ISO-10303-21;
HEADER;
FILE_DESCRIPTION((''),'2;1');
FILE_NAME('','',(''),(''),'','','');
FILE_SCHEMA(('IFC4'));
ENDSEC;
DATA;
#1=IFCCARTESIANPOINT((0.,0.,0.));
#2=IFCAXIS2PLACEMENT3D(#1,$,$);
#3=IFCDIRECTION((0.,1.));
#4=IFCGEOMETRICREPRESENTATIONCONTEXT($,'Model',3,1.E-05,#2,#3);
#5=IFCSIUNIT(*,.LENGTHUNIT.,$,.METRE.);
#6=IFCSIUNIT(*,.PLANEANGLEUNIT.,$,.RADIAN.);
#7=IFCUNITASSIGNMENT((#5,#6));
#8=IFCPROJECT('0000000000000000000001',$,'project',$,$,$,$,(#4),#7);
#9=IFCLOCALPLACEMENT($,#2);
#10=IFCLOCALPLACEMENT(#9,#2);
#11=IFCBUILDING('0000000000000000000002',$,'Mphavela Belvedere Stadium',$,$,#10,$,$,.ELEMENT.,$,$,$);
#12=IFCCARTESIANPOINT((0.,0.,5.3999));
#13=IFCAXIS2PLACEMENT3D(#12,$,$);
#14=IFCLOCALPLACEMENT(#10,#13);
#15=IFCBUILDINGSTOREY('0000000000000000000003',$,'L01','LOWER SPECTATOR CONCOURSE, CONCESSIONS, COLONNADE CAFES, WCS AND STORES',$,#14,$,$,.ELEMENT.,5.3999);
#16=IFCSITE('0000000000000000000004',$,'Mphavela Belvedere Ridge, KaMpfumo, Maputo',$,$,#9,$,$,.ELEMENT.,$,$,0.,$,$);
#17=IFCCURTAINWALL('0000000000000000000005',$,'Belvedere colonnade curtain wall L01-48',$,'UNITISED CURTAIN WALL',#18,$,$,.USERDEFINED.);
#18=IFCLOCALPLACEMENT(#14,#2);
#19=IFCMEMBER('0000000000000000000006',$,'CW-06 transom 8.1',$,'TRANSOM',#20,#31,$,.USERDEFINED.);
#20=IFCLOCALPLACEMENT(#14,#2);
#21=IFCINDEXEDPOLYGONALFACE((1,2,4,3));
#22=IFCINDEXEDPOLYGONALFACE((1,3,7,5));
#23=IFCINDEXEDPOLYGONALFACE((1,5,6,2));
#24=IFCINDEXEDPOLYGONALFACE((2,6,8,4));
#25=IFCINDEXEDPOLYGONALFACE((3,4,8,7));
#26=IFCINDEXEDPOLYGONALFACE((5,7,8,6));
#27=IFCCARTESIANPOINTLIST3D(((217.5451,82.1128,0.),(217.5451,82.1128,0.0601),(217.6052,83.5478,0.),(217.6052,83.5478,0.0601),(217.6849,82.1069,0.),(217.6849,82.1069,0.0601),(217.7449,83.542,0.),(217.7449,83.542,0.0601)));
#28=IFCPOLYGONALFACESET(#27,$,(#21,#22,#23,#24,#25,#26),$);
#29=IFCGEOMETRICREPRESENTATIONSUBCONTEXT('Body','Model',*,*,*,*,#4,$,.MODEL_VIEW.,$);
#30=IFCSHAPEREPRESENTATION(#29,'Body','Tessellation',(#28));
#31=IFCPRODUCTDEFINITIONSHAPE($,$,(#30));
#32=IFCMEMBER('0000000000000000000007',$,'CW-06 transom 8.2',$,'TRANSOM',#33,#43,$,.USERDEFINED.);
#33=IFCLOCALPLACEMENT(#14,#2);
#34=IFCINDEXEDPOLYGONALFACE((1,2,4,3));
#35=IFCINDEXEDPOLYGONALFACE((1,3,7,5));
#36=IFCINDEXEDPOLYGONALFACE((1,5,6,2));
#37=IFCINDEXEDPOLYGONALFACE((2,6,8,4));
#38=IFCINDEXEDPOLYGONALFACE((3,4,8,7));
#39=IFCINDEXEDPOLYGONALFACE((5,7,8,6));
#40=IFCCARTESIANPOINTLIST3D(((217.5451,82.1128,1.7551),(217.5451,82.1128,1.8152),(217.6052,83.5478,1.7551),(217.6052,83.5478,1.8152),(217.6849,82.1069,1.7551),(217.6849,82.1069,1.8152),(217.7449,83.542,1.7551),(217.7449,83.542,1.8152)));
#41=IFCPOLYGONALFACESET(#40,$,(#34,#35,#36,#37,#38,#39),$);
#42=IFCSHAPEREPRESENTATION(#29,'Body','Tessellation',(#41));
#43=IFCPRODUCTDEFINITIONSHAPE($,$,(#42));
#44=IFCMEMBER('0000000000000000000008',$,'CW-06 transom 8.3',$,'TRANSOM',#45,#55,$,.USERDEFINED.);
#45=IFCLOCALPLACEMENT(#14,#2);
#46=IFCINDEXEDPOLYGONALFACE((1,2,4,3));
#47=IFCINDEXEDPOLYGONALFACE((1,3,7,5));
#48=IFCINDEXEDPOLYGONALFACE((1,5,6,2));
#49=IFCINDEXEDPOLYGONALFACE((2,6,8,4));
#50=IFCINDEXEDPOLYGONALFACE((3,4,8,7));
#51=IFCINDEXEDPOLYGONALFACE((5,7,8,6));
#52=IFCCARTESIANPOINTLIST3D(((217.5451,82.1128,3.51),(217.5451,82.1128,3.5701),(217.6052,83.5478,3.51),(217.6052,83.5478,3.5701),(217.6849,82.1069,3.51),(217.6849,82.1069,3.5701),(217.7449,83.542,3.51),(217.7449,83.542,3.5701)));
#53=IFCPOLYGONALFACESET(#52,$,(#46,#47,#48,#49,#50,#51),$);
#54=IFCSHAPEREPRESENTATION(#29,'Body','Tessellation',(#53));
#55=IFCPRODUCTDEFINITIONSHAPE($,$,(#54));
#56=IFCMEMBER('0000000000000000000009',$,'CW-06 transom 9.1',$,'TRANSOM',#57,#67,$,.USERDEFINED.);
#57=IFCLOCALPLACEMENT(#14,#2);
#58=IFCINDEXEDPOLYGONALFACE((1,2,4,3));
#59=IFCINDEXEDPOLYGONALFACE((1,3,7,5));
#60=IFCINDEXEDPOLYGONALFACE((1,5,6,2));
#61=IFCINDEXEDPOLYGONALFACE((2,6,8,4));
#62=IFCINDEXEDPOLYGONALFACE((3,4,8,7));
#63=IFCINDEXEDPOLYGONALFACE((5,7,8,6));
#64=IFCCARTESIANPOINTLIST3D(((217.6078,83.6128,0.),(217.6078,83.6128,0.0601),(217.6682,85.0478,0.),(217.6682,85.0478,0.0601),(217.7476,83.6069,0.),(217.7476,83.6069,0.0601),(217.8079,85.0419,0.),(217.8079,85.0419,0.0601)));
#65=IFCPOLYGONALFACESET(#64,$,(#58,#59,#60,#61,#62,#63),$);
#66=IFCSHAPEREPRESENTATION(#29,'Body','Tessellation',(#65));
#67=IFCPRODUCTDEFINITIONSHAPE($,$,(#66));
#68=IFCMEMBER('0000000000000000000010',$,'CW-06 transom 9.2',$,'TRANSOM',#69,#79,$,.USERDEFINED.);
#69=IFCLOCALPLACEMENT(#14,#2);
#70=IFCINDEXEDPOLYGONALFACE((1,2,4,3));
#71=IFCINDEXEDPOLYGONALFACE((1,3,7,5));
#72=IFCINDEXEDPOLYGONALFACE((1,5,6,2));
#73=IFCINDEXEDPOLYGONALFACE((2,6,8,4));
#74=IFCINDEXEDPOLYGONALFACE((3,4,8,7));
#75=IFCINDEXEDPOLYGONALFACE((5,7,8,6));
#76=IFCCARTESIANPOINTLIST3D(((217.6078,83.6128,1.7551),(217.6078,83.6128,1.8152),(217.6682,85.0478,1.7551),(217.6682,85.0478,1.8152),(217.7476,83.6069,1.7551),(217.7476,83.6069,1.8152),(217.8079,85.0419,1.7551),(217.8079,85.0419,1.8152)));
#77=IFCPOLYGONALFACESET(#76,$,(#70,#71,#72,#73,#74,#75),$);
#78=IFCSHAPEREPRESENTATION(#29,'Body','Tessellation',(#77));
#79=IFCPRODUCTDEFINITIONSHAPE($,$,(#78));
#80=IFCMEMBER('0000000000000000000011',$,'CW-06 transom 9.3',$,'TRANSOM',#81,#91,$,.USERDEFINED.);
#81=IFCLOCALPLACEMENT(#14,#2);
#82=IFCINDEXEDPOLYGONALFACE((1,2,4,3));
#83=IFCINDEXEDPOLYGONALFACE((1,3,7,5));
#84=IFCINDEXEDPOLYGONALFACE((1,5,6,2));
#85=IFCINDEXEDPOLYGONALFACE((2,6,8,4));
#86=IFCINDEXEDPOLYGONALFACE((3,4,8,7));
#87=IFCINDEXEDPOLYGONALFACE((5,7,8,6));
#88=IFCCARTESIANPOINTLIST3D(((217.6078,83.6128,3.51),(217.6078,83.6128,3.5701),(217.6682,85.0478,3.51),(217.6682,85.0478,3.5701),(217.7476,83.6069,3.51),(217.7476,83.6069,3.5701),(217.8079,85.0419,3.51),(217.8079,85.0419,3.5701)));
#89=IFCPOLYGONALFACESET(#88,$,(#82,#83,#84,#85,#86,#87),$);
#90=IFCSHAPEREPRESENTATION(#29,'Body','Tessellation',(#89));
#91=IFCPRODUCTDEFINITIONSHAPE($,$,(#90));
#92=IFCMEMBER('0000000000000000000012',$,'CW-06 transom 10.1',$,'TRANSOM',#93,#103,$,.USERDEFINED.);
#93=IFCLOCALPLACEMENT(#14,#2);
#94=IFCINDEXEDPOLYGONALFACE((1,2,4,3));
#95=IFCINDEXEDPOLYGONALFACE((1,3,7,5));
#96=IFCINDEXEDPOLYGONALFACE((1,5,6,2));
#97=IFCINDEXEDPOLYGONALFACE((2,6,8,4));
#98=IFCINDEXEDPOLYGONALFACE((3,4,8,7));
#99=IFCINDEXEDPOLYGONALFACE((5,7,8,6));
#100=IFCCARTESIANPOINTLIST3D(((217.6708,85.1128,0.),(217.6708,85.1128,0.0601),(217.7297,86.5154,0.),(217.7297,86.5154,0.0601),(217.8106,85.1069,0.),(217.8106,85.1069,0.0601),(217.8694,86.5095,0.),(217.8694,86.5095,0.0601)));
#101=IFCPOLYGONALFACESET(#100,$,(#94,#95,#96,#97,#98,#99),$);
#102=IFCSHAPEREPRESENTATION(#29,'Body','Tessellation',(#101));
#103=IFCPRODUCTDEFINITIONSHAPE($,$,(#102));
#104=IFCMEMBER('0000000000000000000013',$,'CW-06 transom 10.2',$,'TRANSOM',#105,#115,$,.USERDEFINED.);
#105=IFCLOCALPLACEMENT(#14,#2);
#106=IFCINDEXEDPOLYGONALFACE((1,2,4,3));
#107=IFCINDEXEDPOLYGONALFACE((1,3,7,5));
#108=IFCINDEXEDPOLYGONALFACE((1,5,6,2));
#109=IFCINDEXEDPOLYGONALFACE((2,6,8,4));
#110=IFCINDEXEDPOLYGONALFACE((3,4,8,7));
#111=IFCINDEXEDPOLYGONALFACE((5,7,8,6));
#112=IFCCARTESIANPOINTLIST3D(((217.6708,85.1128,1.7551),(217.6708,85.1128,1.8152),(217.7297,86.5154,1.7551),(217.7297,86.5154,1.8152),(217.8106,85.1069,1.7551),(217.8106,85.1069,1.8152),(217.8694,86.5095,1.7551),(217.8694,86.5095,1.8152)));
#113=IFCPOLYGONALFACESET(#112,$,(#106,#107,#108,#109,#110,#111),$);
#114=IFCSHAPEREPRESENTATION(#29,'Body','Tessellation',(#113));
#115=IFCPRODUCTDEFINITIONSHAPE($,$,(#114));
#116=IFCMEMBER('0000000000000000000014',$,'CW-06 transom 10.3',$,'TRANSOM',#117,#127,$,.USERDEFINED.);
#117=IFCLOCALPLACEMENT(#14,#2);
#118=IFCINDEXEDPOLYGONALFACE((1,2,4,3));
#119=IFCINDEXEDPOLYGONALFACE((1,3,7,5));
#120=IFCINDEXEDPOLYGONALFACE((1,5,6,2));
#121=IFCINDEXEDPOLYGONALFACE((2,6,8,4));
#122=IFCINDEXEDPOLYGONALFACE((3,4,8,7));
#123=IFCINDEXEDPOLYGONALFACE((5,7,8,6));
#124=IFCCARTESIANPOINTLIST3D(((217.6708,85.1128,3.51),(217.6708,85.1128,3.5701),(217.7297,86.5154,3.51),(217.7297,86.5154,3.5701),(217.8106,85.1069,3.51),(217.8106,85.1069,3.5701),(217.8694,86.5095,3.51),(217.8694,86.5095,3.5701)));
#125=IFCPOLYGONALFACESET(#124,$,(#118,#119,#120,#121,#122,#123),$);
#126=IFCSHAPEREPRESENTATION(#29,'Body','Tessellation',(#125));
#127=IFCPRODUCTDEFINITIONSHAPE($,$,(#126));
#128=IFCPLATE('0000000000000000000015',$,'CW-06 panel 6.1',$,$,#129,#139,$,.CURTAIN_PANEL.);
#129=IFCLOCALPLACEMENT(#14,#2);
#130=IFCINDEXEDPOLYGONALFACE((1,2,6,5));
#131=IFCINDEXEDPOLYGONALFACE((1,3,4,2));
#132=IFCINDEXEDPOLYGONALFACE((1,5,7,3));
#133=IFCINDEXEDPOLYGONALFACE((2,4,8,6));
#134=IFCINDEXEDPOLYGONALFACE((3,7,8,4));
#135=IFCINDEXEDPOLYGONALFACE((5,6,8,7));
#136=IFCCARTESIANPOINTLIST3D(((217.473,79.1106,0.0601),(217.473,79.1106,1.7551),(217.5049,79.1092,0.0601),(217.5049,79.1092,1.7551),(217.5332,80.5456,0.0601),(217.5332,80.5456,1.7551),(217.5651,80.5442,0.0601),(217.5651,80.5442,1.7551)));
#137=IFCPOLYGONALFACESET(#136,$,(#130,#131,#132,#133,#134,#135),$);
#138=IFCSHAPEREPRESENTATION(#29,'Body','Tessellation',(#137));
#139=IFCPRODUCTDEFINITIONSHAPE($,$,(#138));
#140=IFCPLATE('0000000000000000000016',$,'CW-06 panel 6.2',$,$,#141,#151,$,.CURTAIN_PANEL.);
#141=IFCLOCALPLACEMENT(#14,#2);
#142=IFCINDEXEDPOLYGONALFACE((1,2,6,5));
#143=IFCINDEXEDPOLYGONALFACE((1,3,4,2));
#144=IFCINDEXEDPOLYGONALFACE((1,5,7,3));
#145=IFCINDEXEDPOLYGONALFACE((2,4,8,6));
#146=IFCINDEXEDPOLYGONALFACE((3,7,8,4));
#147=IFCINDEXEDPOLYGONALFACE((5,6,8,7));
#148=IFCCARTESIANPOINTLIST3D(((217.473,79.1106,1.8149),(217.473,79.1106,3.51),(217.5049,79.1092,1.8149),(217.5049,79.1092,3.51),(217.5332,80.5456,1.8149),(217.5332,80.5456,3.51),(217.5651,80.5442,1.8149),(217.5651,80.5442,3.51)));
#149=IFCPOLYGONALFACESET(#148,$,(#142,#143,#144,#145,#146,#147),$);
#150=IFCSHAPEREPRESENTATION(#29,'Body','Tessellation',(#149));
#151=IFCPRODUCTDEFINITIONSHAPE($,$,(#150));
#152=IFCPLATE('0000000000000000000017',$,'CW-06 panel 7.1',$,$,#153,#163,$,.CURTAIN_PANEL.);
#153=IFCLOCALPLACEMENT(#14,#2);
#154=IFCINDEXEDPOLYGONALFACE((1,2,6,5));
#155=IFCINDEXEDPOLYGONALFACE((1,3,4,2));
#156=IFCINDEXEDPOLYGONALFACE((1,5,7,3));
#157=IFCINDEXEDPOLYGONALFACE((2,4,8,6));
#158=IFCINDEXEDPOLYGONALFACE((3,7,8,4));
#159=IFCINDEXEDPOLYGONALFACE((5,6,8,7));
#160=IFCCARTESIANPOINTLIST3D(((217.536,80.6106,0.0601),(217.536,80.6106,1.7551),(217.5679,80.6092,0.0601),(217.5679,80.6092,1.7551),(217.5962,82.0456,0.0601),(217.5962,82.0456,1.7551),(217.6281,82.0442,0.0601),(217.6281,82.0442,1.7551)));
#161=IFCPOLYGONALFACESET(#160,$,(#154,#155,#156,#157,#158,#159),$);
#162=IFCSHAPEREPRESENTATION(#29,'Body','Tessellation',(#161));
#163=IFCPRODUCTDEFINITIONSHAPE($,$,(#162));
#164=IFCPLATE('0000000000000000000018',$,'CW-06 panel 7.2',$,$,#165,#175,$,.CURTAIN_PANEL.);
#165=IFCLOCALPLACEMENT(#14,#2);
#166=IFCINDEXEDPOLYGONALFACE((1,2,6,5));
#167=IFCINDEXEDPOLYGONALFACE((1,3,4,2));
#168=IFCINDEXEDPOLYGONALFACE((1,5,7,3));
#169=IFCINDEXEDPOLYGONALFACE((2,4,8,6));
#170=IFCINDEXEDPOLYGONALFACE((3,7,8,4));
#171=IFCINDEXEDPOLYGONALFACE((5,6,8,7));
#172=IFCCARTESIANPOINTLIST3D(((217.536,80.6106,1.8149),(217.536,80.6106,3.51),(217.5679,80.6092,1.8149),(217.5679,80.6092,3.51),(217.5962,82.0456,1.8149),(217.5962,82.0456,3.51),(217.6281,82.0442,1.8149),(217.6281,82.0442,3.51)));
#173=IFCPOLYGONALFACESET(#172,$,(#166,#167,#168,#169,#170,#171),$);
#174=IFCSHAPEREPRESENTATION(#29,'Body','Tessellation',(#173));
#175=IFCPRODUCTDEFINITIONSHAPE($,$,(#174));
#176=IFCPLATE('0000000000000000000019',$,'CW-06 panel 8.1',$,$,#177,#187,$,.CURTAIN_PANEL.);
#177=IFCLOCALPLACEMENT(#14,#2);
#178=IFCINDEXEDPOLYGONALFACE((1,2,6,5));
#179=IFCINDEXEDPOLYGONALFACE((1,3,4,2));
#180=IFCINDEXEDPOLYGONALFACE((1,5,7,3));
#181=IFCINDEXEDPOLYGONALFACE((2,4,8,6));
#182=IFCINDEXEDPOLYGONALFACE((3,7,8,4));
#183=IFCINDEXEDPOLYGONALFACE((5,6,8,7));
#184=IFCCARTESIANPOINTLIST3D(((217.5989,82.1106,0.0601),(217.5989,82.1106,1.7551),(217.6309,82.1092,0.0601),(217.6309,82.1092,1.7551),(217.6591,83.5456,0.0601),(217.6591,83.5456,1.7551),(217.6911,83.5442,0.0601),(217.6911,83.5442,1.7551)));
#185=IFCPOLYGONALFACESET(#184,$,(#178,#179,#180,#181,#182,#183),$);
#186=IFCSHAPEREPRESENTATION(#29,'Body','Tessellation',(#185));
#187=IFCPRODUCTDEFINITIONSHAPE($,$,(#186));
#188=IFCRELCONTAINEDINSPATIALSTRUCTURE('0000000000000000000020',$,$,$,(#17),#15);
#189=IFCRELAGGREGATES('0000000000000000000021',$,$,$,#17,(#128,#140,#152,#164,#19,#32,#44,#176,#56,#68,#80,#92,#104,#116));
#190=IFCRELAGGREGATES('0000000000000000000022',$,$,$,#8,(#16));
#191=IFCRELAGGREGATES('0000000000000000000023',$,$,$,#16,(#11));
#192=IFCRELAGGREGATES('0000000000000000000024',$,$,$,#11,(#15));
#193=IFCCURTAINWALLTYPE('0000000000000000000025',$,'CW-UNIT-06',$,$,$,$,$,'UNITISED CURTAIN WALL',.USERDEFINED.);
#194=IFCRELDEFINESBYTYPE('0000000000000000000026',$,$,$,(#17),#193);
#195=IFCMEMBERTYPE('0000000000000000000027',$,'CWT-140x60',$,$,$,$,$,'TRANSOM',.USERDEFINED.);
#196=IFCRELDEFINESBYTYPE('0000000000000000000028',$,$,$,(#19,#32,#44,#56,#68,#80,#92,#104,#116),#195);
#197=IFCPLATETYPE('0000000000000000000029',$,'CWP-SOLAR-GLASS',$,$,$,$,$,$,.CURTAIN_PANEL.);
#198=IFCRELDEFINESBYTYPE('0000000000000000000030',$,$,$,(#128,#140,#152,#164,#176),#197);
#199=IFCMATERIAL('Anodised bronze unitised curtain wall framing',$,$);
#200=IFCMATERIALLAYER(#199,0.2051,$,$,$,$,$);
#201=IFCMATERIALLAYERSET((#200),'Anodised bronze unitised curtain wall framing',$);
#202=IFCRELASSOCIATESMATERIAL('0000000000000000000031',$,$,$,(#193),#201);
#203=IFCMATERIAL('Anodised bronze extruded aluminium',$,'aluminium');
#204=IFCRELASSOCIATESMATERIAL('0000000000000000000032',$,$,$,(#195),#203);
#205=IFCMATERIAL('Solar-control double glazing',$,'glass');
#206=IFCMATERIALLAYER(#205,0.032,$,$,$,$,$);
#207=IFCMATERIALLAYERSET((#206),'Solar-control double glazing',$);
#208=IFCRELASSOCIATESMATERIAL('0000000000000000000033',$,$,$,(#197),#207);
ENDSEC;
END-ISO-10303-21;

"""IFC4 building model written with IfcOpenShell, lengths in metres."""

from ifc_helpers import new_model, si_unit, direction, frame, origin, origin_2d, place, context, subcontext, project, spatial, rectangle, extrude, material, layer, layer_set, material_profile, profile_set, type_object, element, aggregate, save


model = new_model("IFC4")

# Units and contexts
model_context = context("Model", 3, precision=1e-05, world=origin(), true_north=direction((0.0, 1.0)))
body_context = subcontext(model_context, "Body", "Model", "MODEL_VIEW")
ifc_project = project(units=[si_unit("LENGTHUNIT", "METRE"), si_unit("PLANEANGLEUNIT", "RADIAN")], contexts=[model_context])

# Site, building, storey
site_placement = place(None, origin())
site = spatial("IfcSite", under=ifc_project, at=site_placement, Name="Mphavela Belvedere Ridge, KaMpfumo, Maputo", CompositionType="ELEMENT", RefElevation=0.0)
building_placement = place(site_placement, origin())
building = spatial("IfcBuilding", under=site, at=building_placement, Name="Mphavela Belvedere Stadium", CompositionType="ELEMENT")
storey_placement = place(building_placement, frame((0.0, 0.0, 5.3999)))
storey = spatial("IfcBuildingStorey", under=building, at=storey_placement, Name="L01", Description="LOWER SPECTATOR CONCOURSE, CONCESSIONS, COLONNADE CAFES, WCS AND STORES", CompositionType="ELEMENT", Elevation=5.3999)

# Curtain wall, members, plates
ifc_material_1 = material(Name="Anodised bronze unitised curtain wall framing")
ifc_layer_1 = layer(ifc_material_1, 0.2051)
ifc_layer_set_1 = layer_set([ifc_layer_1], Name="Anodised bronze unitised curtain wall framing")
curtain_wall_type = type_object("IfcCurtainWallType", Name="CW-UNIT-06", ElementType="UNITISED CURTAIN WALL", PredefinedType="USERDEFINED", material=ifc_layer_set_1)
curtain_wall_placement = place(storey_placement, origin())
curtain_wall = element("IfcCurtainWall", 1, at=curtain_wall_placement, inside=storey, type_object=curtain_wall_type, Name="Belvedere colonnade curtain wall L01-48", ObjectType="UNITISED CURTAIN WALL", PredefinedType="USERDEFINED")
ifc_material_2 = material(Name="Anodised bronze extruded aluminium", Category="aluminium")
ifc_material_profile_1 = material_profile(ifc_material_2, rectangle(XDim=0.1399, YDim=0.0601, at=origin_2d()), Name="CW-TRN 140x60")
ifc_profile_set_1 = profile_set([ifc_material_profile_1], Name="Anodised bronze extruded aluminium")
member_type_1 = type_object("IfcMemberType", Name="CWT-140x60", ElementType="TRANSOM", PredefinedType="USERDEFINED", material=ifc_profile_set_1)
member_1_placement = place(storey_placement, frame((217.615, 82.1099, 0.03), z_axis=(0.041814, 0.999125, 0.0), x_axis=(-0.999125, 0.041814, 0.0)))
member_1 = element("IfcMember", 2, at=member_1_placement, type_object=member_type_1, Name="CW-06 transom 8.1", ObjectType="TRANSOM", PredefinedType="USERDEFINED", context=body_context, shape_type="SweptSolid", body=[
    extrude(rectangle(XDim=0.1399, YDim=0.0601, at=origin_2d()), origin(), (0.0, 0.0, 1.0), 1.4363),
])
member_2_placement = place(storey_placement, frame((217.615, 82.1099, 1.7852), z_axis=(0.041814, 0.999125, 0.0), x_axis=(-0.999125, 0.041814, 0.0)))
member_2 = element("IfcMember", 3, at=member_2_placement, type_object=member_type_1, Name="CW-06 transom 8.2", ObjectType="TRANSOM", PredefinedType="USERDEFINED", context=body_context, shape_type="SweptSolid", body=[
    extrude(rectangle(XDim=0.1399, YDim=0.0601, at=origin_2d()), origin(), (0.0, 0.0, 1.0), 1.4363),
])
member_3_placement = place(storey_placement, frame((217.615, 82.1099, 3.54), z_axis=(0.041814, 0.999125, 0.0), x_axis=(-0.999125, 0.041814, 0.0)))
member_3 = element("IfcMember", 4, at=member_3_placement, type_object=member_type_1, Name="CW-06 transom 8.3", ObjectType="TRANSOM", PredefinedType="USERDEFINED", context=body_context, shape_type="SweptSolid", body=[
    extrude(rectangle(XDim=0.1399, YDim=0.0601, at=origin_2d()), origin(), (0.0, 0.0, 1.0), 1.4363),
])
member_4_placement = place(storey_placement, frame((217.6777, 83.6099, 0.03), z_axis=(0.041984, 0.999118, 0.0), x_axis=(-0.999118, 0.041984, 0.0)))
member_4 = element("IfcMember", 5, at=member_4_placement, type_object=member_type_1, Name="CW-06 transom 9.1", ObjectType="TRANSOM", PredefinedType="USERDEFINED", context=body_context, shape_type="SweptSolid", body=[
    extrude(rectangle(XDim=0.1399, YDim=0.0601, at=origin_2d()), origin(), (0.0, 0.0, 1.0), 1.4363),
])
member_5_placement = place(storey_placement, frame((217.6777, 83.6099, 1.7852), z_axis=(0.041984, 0.999118, 0.0), x_axis=(-0.999118, 0.041984, 0.0)))
member_5 = element("IfcMember", 6, at=member_5_placement, type_object=member_type_1, Name="CW-06 transom 9.2", ObjectType="TRANSOM", PredefinedType="USERDEFINED", context=body_context, shape_type="SweptSolid", body=[
    extrude(rectangle(XDim=0.1399, YDim=0.0601, at=origin_2d()), origin(), (0.0, 0.0, 1.0), 1.4363),
])
member_6_placement = place(storey_placement, frame((217.6777, 83.6099, 3.54), z_axis=(0.041984, 0.999118, 0.0), x_axis=(-0.999118, 0.041984, 0.0)))
member_6 = element("IfcMember", 7, at=member_6_placement, type_object=member_type_1, Name="CW-06 transom 9.3", ObjectType="TRANSOM", PredefinedType="USERDEFINED", context=body_context, shape_type="SweptSolid", body=[
    extrude(rectangle(XDim=0.1399, YDim=0.0601, at=origin_2d()), origin(), (0.0, 0.0, 1.0), 1.4363),
])
member_7_placement = place(storey_placement, frame((217.7407, 85.1099, 0.03), z_axis=(0.041913, 0.999121, 0.0), x_axis=(-0.999121, 0.041913, 0.0)))
member_7 = element("IfcMember", 8, at=member_7_placement, type_object=member_type_1, Name="CW-06 transom 10.1", ObjectType="TRANSOM", PredefinedType="USERDEFINED", context=body_context, shape_type="SweptSolid", body=[
    extrude(rectangle(XDim=0.1399, YDim=0.0601, at=origin_2d()), origin(), (0.0, 0.0, 1.0), 1.4038),
])
member_8_placement = place(storey_placement, frame((217.7407, 85.1099, 1.7852), z_axis=(0.041913, 0.999121, 0.0), x_axis=(-0.999121, 0.041913, 0.0)))
member_8 = element("IfcMember", 9, at=member_8_placement, type_object=member_type_1, Name="CW-06 transom 10.2", ObjectType="TRANSOM", PredefinedType="USERDEFINED", context=body_context, shape_type="SweptSolid", body=[
    extrude(rectangle(XDim=0.1399, YDim=0.0601, at=origin_2d()), origin(), (0.0, 0.0, 1.0), 1.4038),
])
member_9_placement = place(storey_placement, frame((217.7407, 85.1099, 3.54), z_axis=(0.041913, 0.999121, 0.0), x_axis=(-0.999121, 0.041913, 0.0)))
member_9 = element("IfcMember", 10, at=member_9_placement, type_object=member_type_1, Name="CW-06 transom 10.3", ObjectType="TRANSOM", PredefinedType="USERDEFINED", context=body_context, shape_type="SweptSolid", body=[
    extrude(rectangle(XDim=0.1399, YDim=0.0601, at=origin_2d()), origin(), (0.0, 0.0, 1.0), 1.4038),
])
ifc_material_3 = material(Name="Solar-control double glazing", Category="glass")
ifc_layer_2 = layer(ifc_material_3, 0.032)
ifc_layer_set_2 = layer_set([ifc_layer_2], Name="Solar-control double glazing")
plate_type = type_object("IfcPlateType", Name="CWP-SOLAR-GLASS", PredefinedType="CURTAIN_PANEL", material=ifc_layer_set_2)
plate_1_placement = place(storey_placement, frame((217.519, 79.8274, 0.0601), z_axis=(0.0, 0.0, 1.0), x_axis=(0.04191, 0.999121, 0.0)))
plate_1 = element("IfcPlate", 11, at=plate_1_placement, type_object=plate_type, Name="CW-06 panel 6.1", PredefinedType="CURTAIN_PANEL", context=body_context, shape_type="SweptSolid", body=[
    extrude(rectangle(XDim=1.4363, YDim=0.032, at=origin_2d()), origin(), (0.0, 0.0, 1.0), 1.6951),
])
plate_2_placement = place(storey_placement, frame((217.519, 79.8274, 1.8149), z_axis=(0.0, 0.0, 1.0), x_axis=(0.04191, 0.999121, 0.0)))
plate_2 = element("IfcPlate", 12, at=plate_2_placement, type_object=plate_type, Name="CW-06 panel 6.2", PredefinedType="CURTAIN_PANEL", context=body_context, shape_type="SweptSolid", body=[
    extrude(rectangle(XDim=1.4363, YDim=0.032, at=origin_2d()), origin(), (0.0, 0.0, 1.0), 1.6951),
])
plate_3_placement = place(storey_placement, frame((217.582, 81.3274, 0.0601), z_axis=(0.0, 0.0, 1.0), x_axis=(0.04191, 0.999121, 0.0)))
plate_3 = element("IfcPlate", 13, at=plate_3_placement, type_object=plate_type, Name="CW-06 panel 7.1", PredefinedType="CURTAIN_PANEL", context=body_context, shape_type="SweptSolid", body=[
    extrude(rectangle(XDim=1.4363, YDim=0.032, at=origin_2d()), origin(), (0.0, 0.0, 1.0), 1.6951),
])
plate_4_placement = place(storey_placement, frame((217.582, 81.3274, 1.8149), z_axis=(0.0, 0.0, 1.0), x_axis=(0.04191, 0.999121, 0.0)))
plate_4 = element("IfcPlate", 14, at=plate_4_placement, type_object=plate_type, Name="CW-06 panel 7.2", PredefinedType="CURTAIN_PANEL", context=body_context, shape_type="SweptSolid", body=[
    extrude(rectangle(XDim=1.4363, YDim=0.032, at=origin_2d()), origin(), (0.0, 0.0, 1.0), 1.6951),
])
plate_5_placement = place(storey_placement, frame((217.645, 82.8274, 0.0601), z_axis=(0.0, 0.0, 1.0), x_axis=(0.04191, 0.999121, 0.0)))
plate_5 = element("IfcPlate", 15, at=plate_5_placement, type_object=plate_type, Name="CW-06 panel 8.1", PredefinedType="CURTAIN_PANEL", context=body_context, shape_type="SweptSolid", body=[
    extrude(rectangle(XDim=1.4363, YDim=0.032, at=origin_2d()), origin(), (0.0, 0.0, 1.0), 1.6951),
])
aggregate(curtain_wall, [plate_1, plate_2, plate_3, plate_4, member_1, member_2, member_3, plate_5, member_4, member_5, member_6, member_7, member_8, member_9])

save(model, "model.ifc")
